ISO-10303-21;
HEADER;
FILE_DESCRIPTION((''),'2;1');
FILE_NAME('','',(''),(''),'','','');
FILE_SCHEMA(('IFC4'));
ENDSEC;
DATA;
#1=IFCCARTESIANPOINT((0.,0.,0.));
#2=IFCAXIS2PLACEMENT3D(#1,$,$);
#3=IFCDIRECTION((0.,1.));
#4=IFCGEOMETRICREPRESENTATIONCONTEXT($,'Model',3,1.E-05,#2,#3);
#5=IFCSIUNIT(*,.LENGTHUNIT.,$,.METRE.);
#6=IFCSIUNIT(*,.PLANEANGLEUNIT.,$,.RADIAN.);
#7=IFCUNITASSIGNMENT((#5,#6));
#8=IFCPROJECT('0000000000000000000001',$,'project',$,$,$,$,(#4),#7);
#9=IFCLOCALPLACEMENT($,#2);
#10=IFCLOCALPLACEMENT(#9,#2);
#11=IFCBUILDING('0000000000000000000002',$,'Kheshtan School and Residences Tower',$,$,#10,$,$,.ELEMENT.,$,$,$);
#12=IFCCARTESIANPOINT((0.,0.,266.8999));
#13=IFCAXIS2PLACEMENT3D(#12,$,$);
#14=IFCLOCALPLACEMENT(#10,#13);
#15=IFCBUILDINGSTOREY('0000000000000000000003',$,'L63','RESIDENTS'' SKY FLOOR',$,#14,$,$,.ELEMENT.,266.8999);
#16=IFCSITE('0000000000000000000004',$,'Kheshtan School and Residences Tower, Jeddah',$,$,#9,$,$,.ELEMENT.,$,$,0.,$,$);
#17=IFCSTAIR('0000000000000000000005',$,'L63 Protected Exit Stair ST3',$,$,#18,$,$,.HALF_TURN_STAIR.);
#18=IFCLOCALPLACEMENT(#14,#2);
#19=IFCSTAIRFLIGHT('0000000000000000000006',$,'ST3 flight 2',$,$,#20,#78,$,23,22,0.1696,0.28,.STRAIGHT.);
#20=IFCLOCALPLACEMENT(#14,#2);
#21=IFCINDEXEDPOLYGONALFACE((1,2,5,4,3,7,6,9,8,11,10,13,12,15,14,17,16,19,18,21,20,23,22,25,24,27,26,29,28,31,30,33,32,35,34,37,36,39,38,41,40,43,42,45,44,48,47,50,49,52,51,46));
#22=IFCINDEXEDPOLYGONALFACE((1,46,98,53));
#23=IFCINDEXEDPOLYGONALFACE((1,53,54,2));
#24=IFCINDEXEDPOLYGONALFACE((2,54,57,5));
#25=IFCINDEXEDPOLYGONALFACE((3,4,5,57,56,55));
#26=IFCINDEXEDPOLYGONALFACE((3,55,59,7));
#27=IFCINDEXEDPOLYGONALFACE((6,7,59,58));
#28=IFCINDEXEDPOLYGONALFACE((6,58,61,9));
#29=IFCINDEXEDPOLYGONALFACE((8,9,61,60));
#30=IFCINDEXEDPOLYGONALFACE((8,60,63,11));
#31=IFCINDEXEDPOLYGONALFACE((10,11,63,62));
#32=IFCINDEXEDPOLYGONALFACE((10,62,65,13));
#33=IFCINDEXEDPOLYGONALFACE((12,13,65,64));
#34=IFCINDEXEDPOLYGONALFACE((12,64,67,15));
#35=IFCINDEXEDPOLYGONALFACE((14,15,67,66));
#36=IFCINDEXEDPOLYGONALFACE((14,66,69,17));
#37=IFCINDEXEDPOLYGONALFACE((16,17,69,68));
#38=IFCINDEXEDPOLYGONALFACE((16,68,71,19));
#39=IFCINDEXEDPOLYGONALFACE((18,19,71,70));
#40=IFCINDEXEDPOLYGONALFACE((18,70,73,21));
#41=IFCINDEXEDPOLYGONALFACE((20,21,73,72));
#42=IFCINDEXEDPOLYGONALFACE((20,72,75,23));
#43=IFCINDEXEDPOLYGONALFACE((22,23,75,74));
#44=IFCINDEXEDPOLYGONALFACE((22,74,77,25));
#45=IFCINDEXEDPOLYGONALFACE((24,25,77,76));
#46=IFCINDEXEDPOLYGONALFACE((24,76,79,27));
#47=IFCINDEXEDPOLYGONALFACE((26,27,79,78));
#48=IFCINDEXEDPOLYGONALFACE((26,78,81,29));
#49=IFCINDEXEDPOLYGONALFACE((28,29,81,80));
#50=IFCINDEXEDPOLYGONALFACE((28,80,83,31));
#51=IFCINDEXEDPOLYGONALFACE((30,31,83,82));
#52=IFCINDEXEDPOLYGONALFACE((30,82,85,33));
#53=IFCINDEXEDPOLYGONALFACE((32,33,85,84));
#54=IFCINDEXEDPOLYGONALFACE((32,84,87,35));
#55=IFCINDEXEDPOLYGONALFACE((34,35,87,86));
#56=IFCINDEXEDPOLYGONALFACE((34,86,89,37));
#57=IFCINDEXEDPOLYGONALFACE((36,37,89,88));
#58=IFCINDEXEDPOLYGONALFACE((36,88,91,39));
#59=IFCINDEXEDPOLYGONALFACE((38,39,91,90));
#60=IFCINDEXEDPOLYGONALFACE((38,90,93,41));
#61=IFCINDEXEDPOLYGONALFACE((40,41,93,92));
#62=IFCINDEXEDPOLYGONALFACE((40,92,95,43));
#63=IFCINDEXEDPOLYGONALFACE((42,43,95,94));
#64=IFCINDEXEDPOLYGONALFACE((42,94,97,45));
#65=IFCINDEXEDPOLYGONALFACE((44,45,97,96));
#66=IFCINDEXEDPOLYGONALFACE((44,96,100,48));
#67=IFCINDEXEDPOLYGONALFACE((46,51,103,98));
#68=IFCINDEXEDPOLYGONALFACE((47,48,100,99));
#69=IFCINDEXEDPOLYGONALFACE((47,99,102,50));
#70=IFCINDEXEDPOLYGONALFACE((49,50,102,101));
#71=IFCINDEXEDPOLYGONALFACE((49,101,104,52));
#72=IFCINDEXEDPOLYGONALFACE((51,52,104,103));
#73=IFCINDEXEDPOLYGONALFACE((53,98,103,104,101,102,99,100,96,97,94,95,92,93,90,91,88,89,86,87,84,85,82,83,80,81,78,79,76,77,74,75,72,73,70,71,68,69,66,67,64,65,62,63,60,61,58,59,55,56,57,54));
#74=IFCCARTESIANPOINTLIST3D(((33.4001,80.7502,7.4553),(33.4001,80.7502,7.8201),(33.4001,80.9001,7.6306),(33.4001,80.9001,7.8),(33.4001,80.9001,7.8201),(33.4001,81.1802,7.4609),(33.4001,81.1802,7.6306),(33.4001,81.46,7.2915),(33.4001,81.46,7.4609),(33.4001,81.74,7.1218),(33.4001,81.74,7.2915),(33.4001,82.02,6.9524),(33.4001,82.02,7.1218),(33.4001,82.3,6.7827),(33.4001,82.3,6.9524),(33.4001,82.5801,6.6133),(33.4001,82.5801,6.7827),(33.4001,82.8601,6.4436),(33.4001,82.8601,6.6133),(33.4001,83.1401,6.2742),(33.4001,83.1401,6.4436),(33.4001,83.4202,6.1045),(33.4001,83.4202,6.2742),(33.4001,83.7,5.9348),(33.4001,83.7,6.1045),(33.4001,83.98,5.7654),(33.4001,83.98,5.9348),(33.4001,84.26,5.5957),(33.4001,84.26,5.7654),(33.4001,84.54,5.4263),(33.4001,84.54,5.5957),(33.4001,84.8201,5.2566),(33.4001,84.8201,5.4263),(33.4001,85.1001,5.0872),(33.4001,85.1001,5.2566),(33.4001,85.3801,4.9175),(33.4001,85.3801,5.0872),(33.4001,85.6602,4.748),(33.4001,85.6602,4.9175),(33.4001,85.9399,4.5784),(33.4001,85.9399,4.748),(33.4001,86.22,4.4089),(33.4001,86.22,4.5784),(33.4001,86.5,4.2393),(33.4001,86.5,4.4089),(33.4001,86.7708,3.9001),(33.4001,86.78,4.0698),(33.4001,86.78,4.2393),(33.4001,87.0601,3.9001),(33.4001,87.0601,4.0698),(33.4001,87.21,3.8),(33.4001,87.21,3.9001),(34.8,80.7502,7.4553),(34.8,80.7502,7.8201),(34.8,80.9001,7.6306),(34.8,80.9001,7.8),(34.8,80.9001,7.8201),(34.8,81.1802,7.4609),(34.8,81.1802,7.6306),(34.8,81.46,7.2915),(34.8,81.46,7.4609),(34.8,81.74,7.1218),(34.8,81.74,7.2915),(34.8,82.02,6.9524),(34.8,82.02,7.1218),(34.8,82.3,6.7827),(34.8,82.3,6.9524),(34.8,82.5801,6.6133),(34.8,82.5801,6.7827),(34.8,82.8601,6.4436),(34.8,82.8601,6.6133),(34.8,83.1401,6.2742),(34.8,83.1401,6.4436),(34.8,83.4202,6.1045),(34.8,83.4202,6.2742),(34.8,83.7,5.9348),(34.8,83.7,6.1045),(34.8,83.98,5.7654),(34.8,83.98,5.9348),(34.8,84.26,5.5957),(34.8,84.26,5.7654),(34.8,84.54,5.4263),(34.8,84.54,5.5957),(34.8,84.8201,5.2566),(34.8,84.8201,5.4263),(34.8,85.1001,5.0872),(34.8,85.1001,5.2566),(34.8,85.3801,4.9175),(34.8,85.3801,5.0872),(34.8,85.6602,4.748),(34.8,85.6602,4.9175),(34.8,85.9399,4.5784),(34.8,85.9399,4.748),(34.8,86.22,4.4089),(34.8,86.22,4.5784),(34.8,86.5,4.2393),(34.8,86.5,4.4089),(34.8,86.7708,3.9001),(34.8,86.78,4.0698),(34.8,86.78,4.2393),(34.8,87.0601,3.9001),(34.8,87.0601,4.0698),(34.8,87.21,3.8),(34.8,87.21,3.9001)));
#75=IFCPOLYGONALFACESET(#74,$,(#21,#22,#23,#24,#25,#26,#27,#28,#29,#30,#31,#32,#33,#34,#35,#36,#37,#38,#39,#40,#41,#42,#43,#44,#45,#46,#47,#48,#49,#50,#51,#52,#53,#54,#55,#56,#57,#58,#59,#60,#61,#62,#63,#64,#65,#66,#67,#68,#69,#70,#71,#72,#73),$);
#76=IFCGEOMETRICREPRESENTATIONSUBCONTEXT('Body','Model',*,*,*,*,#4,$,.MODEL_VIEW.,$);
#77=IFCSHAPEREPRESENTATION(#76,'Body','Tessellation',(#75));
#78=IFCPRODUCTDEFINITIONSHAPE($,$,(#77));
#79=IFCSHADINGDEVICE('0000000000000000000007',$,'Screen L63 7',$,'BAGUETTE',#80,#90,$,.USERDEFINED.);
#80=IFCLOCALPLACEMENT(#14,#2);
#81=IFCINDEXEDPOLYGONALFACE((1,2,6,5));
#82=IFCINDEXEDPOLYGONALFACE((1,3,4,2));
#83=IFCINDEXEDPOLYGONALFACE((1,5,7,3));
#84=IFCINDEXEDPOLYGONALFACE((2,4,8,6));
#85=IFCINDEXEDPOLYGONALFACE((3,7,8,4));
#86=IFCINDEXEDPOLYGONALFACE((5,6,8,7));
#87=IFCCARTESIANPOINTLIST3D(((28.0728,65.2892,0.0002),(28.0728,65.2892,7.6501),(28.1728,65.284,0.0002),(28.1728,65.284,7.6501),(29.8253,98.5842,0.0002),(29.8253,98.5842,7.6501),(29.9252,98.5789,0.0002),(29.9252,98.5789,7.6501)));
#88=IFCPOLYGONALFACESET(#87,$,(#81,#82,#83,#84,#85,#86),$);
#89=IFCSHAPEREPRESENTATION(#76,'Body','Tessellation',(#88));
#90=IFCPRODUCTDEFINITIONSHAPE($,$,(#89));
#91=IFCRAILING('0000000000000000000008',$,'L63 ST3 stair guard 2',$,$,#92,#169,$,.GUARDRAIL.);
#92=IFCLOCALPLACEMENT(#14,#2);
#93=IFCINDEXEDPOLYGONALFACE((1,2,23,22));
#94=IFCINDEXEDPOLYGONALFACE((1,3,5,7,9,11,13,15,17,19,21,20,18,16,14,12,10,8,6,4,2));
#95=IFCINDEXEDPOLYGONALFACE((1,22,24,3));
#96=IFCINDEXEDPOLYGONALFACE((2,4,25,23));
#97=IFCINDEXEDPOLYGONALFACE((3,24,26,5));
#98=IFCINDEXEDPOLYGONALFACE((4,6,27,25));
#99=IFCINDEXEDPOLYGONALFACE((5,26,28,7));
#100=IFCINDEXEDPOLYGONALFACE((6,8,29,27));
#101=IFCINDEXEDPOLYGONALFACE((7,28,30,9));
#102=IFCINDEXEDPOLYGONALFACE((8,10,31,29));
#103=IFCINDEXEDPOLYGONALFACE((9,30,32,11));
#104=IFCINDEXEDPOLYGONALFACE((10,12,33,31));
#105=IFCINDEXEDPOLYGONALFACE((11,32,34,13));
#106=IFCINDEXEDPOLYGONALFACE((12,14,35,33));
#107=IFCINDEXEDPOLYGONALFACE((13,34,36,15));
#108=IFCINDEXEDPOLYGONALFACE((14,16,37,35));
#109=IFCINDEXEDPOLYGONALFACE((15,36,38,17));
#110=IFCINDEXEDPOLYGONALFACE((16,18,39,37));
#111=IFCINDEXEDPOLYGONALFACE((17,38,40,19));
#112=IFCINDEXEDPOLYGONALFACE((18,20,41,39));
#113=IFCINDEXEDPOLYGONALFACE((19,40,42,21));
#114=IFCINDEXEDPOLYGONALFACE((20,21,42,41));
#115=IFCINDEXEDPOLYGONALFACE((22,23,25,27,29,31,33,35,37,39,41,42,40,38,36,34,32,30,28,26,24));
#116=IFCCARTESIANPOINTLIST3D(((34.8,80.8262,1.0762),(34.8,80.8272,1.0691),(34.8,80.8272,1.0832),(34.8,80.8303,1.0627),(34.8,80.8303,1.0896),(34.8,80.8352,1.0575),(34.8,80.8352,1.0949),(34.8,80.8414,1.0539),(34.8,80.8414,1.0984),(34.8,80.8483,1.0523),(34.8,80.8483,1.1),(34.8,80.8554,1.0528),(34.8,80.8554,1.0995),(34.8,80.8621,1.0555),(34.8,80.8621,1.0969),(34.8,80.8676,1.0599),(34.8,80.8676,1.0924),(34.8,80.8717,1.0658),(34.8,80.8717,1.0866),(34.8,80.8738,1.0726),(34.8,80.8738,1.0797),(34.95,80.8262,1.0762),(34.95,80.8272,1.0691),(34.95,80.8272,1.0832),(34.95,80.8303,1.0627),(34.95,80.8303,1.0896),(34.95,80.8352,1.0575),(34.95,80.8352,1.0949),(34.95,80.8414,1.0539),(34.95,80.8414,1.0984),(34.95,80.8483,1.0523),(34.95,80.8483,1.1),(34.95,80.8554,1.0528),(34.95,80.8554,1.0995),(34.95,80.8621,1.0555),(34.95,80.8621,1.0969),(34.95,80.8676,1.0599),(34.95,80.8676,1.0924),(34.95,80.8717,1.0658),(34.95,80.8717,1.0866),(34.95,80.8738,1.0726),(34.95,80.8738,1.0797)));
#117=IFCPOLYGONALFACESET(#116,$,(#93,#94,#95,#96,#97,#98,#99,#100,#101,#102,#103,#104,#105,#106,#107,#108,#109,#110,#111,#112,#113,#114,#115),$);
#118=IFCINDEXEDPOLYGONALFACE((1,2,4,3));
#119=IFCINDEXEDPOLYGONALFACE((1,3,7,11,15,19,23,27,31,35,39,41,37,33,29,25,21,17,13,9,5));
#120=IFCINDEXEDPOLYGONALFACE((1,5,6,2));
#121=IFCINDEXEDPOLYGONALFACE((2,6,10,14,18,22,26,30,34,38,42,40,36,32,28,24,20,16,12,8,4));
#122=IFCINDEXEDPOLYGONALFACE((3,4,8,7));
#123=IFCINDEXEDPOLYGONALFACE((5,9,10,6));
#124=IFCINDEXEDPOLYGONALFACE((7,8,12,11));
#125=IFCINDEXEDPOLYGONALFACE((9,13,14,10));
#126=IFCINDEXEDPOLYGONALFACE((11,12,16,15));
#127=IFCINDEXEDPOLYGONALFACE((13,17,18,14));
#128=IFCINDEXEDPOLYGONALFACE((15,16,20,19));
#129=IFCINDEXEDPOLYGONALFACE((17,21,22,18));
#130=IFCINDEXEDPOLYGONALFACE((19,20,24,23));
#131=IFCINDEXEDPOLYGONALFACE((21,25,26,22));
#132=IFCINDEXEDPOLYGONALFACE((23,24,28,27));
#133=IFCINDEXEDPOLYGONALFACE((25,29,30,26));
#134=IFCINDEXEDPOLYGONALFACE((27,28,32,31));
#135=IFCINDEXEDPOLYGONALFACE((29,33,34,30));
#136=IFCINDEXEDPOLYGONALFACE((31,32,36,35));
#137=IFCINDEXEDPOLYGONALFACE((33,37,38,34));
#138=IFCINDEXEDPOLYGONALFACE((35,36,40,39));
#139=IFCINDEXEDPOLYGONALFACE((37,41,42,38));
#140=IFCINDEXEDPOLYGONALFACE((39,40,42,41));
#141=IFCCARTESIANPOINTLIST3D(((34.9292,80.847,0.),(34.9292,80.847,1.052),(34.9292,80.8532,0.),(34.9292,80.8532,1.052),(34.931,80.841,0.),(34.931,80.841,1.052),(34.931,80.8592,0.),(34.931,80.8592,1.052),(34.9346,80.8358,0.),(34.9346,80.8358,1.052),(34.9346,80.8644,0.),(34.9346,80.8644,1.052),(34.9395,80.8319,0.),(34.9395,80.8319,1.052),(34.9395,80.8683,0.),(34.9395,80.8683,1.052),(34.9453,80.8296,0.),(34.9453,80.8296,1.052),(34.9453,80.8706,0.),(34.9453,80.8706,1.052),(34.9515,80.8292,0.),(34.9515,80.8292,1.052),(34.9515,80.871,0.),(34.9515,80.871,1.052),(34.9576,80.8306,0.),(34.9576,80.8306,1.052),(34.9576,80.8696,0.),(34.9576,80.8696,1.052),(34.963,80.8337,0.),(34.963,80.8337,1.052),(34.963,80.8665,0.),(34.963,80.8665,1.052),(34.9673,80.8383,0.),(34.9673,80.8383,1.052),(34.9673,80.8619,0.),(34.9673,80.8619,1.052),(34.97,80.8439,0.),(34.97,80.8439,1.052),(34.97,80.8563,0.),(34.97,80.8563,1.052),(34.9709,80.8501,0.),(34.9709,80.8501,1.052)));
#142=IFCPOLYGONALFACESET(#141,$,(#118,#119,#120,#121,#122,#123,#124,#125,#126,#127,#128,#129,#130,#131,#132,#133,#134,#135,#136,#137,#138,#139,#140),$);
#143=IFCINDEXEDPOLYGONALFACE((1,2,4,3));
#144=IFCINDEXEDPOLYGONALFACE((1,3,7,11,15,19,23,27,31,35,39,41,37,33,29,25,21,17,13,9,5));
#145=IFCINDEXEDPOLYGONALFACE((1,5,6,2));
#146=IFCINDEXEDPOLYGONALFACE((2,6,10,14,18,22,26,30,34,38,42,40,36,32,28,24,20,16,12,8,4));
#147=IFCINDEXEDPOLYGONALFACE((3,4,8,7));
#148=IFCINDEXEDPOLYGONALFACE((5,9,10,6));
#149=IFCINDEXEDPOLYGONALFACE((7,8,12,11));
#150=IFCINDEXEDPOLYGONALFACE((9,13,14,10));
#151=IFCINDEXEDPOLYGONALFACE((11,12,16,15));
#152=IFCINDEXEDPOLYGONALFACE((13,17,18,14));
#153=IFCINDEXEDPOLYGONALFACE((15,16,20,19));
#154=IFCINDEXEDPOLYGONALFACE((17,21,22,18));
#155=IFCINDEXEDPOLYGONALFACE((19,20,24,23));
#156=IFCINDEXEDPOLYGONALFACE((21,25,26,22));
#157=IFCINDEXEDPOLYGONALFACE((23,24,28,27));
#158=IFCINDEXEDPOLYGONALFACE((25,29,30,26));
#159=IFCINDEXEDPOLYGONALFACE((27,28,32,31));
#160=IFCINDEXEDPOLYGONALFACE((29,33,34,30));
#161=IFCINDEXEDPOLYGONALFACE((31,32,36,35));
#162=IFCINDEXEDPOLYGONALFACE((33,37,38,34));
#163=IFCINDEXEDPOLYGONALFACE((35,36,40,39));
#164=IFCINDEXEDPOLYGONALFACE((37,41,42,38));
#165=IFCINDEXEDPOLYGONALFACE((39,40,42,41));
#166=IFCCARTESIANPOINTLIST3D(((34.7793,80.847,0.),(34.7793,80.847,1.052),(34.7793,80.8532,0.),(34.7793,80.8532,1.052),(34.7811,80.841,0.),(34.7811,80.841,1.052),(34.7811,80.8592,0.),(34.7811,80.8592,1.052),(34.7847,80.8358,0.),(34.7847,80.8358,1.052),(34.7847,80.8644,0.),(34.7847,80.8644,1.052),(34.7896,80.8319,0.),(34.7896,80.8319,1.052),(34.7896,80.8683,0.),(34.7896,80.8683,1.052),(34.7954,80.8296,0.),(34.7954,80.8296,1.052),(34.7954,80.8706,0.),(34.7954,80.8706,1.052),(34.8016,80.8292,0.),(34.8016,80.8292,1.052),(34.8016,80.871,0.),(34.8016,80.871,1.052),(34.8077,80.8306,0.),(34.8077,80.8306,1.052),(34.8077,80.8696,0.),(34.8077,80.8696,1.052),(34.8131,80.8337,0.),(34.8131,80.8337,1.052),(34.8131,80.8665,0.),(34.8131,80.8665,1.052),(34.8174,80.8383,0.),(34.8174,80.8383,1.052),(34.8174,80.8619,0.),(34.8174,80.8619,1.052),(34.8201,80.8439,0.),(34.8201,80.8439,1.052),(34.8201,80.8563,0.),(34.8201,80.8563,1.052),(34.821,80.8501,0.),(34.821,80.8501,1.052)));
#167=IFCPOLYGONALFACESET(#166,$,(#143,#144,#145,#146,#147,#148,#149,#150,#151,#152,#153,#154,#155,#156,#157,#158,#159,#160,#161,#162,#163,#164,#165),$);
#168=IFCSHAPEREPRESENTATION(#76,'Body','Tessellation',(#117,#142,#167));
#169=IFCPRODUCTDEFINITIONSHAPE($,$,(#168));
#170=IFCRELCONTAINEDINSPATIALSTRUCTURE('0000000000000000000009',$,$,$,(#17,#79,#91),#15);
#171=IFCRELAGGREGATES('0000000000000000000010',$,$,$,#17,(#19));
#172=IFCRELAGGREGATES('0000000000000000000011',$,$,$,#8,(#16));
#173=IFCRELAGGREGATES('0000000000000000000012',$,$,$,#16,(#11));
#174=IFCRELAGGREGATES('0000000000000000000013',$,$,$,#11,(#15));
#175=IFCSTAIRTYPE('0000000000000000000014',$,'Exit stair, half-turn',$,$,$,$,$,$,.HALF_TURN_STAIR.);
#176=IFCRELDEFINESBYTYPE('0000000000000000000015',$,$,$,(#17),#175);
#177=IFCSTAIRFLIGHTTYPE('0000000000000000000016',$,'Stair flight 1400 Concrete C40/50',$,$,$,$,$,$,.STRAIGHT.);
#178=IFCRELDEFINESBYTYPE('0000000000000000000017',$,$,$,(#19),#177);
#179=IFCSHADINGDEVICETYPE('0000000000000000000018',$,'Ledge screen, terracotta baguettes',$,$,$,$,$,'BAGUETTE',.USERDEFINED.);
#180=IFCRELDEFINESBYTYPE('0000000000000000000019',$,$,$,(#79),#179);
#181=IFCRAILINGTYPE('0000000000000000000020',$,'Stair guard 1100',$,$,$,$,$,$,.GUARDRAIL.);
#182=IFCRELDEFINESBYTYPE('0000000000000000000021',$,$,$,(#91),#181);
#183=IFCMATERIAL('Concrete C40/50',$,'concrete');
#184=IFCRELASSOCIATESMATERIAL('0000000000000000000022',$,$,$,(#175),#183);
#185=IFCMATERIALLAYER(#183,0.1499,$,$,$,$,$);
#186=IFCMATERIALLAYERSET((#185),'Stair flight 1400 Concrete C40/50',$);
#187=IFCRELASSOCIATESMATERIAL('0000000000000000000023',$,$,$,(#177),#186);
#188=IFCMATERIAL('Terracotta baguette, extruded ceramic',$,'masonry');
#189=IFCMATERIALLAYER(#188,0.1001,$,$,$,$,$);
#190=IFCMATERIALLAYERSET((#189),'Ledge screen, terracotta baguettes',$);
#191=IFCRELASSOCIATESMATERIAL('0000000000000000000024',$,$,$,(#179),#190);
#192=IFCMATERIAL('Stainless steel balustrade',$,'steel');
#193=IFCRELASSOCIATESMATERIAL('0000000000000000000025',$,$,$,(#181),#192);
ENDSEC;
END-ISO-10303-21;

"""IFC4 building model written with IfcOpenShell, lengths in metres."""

from ifc_helpers import new_model, si_unit, direction, frame, origin, origin_2d, place, context, subcontext, project, spatial, polyline, rectangle, circle, outline, extrude, material, layer, layer_set, type_object, element, aggregate, save


model = new_model("IFC4")

# Units and contexts
model_context = context("Model", 3, precision=1e-05, world=origin(), true_north=direction((0.0, 1.0)))
body_context = subcontext(model_context, "Body", "Model", "MODEL_VIEW")
ifc_project = project(units=[si_unit("LENGTHUNIT", "METRE"), si_unit("PLANEANGLEUNIT", "RADIAN")], contexts=[model_context])

# Site, building, storey
site_placement = place(None, origin())
site = spatial("IfcSite", under=ifc_project, at=site_placement, Name="Kheshtan School and Residences Tower, Jeddah", CompositionType="ELEMENT", RefElevation=0.0)
building_placement = place(site_placement, origin())
building = spatial("IfcBuilding", under=site, at=building_placement, Name="Kheshtan School and Residences Tower", CompositionType="ELEMENT")
storey_placement = place(building_placement, frame((0.0, 0.0, 266.8999)))
storey = spatial("IfcBuildingStorey", under=building, at=storey_placement, Name="L63", Description="RESIDENTS' SKY FLOOR", CompositionType="ELEMENT", Elevation=266.8999)

# Shared definitions
ifc_material_1 = material(Name="Concrete C40/50", Category="concrete")

# Stair, stair flight
stair_type = type_object("IfcStairType", Name="Exit stair, half-turn", PredefinedType="HALF_TURN_STAIR", material=ifc_material_1)
stair_placement = place(storey_placement, origin())
stair = element("IfcStair", 1, at=stair_placement, inside=storey, type_object=stair_type, Name="L63 Protected Exit Stair ST3", PredefinedType="HALF_TURN_STAIR")
ifc_layer_1 = layer(ifc_material_1, 0.1499)
ifc_layer_set_1 = layer_set([ifc_layer_1], Name="Stair flight 1400 Concrete C40/50")
stair_flight_type = type_object("IfcStairFlightType", Name="Stair flight 1400 Concrete C40/50", PredefinedType="STRAIGHT", material=ifc_layer_set_1)
stair_flight_1_placement = place(storey_placement, frame((34.1001, 87.0601, 3.9001), z_axis=(0.0, 0.0, 1.0), x_axis=(0.0, -1.0, 0.0)))
stair_flight_1 = element("IfcStairFlight", 2, at=stair_flight_1_placement, type_object=stair_flight_type, Name="ST3 flight 2", NumberOfRisers=23, NumberOfTreads=22, PredefinedType="STRAIGHT", RiserHeight=0.1696, TreadLength=0.28, context=body_context, shape_type="SweptSolid", body=[
    extrude(outline(polyline([(-0.1499, -0.1001), (-0.1499, 0.0), (0.0, 0.0), (0.0, 0.1697), (0.28, 0.1697), (0.28, 0.3391), (0.5601, 0.3391), (0.5601, 0.5088), (0.8401, 0.5088), (0.8401, 0.6782), (1.1201, 0.6782), (1.1201, 0.8479), (1.3999, 0.8479), (1.3999, 1.0173), (1.6799, 1.0173), (1.6799, 1.187), (1.96, 1.187), (1.96, 1.3564), (2.24, 1.3564), (2.24, 1.5261), (2.52, 1.5261), (2.52, 1.6956), (2.8, 1.6956), (2.8, 1.8652), (3.0801, 1.8652), (3.0801, 2.0347), (3.3601, 2.0347), (3.3601, 2.2043), (3.6399, 2.2043), (3.6399, 2.374), (3.9199, 2.374), (3.9199, 2.5435), (4.2, 2.5435), (4.2, 2.7131), (4.48, 2.7131), (4.48, 2.8826), (4.76, 2.8826), (4.76, 3.0522), (5.04, 3.0522), (5.04, 3.2217), (5.3201, 3.2217), (5.3201, 3.3914), (5.6001, 3.3914), (5.6001, 3.5608), (5.8799, 3.5608), (5.8799, 3.7305), (6.1599, 3.7305), (6.1599, 3.8999), (6.1599, 3.9199), (6.3098, 3.9199), (6.3098, 3.5552), (0.2893, 0.0), (-0.1499, -0.1001)])), frame((0.0, 0.7, 0.0), z_axis=(0.0, -1.0, 0.0), x_axis=(1.0, 0.0, 0.0)), (0.0, 0.0, 1.0), 1.3999),
])
aggregate(stair, [stair_flight_1])

# Shading device
ifc_material_2 = material(Name="Terracotta baguette, extruded ceramic", Category="masonry")
ifc_layer_2 = layer(ifc_material_2, 0.1001)
ifc_layer_set_2 = layer_set([ifc_layer_2], Name="Ledge screen, terracotta baguettes")
shading_device_type = type_object("IfcShadingDeviceType", Name="Ledge screen, terracotta baguettes", ElementType="BAGUETTE", PredefinedType="USERDEFINED", material=ifc_layer_set_2)
shading_device_placement = place(storey_placement, frame((28.999, 81.9341, 0.0002), z_axis=(0.0, 0.0, 1.0), x_axis=(0.052563, 0.998618, 0.0)))
element("IfcShadingDevice", 3, at=shading_device_placement, inside=storey, type_object=shading_device_type, Name="Screen L63 7", ObjectType="BAGUETTE", PredefinedType="USERDEFINED", context=body_context, shape_type="SweptSolid", body=[
    extrude(rectangle(XDim=33.3411, YDim=0.1001, at=origin_2d()), origin(), (0.0, 0.0, 1.0), 7.6499),
])

# Railing
ifc_material_3 = material(Name="Stainless steel balustrade", Category="steel")
railing_type_1 = type_object("IfcRailingType", Name="Stair guard 1100", PredefinedType="GUARDRAIL", material=ifc_material_3)
railing_1_placement = place(storey_placement, frame((34.95, 80.8501, 0.0)))
element("IfcRailing", 4, at=railing_1_placement, inside=storey, type_object=railing_type_1, Name="L63 ST3 stair guard 2", PredefinedType="GUARDRAIL", context=body_context, shape_type="SweptSolid", body=[
    extrude(circle(Radius=0.0239, at=origin_2d()), frame((0.0, 0.0, 1.0762), z_axis=(-1.0, 0.0, 0.0), x_axis=(0.0, -1.0, 0.0)), (0.0, 0.0, 1.0), 0.1499),
    extrude(circle(Radius=0.021, at=origin_2d()), origin(), (0.0, 0.0, 1.0), 1.052),
    extrude(circle(Radius=0.021, at=origin_2d()), frame((-0.1499, 0.0, 0.0)), (0.0, 0.0, 1.0), 1.052),
])

save(model, "model.ifc")
